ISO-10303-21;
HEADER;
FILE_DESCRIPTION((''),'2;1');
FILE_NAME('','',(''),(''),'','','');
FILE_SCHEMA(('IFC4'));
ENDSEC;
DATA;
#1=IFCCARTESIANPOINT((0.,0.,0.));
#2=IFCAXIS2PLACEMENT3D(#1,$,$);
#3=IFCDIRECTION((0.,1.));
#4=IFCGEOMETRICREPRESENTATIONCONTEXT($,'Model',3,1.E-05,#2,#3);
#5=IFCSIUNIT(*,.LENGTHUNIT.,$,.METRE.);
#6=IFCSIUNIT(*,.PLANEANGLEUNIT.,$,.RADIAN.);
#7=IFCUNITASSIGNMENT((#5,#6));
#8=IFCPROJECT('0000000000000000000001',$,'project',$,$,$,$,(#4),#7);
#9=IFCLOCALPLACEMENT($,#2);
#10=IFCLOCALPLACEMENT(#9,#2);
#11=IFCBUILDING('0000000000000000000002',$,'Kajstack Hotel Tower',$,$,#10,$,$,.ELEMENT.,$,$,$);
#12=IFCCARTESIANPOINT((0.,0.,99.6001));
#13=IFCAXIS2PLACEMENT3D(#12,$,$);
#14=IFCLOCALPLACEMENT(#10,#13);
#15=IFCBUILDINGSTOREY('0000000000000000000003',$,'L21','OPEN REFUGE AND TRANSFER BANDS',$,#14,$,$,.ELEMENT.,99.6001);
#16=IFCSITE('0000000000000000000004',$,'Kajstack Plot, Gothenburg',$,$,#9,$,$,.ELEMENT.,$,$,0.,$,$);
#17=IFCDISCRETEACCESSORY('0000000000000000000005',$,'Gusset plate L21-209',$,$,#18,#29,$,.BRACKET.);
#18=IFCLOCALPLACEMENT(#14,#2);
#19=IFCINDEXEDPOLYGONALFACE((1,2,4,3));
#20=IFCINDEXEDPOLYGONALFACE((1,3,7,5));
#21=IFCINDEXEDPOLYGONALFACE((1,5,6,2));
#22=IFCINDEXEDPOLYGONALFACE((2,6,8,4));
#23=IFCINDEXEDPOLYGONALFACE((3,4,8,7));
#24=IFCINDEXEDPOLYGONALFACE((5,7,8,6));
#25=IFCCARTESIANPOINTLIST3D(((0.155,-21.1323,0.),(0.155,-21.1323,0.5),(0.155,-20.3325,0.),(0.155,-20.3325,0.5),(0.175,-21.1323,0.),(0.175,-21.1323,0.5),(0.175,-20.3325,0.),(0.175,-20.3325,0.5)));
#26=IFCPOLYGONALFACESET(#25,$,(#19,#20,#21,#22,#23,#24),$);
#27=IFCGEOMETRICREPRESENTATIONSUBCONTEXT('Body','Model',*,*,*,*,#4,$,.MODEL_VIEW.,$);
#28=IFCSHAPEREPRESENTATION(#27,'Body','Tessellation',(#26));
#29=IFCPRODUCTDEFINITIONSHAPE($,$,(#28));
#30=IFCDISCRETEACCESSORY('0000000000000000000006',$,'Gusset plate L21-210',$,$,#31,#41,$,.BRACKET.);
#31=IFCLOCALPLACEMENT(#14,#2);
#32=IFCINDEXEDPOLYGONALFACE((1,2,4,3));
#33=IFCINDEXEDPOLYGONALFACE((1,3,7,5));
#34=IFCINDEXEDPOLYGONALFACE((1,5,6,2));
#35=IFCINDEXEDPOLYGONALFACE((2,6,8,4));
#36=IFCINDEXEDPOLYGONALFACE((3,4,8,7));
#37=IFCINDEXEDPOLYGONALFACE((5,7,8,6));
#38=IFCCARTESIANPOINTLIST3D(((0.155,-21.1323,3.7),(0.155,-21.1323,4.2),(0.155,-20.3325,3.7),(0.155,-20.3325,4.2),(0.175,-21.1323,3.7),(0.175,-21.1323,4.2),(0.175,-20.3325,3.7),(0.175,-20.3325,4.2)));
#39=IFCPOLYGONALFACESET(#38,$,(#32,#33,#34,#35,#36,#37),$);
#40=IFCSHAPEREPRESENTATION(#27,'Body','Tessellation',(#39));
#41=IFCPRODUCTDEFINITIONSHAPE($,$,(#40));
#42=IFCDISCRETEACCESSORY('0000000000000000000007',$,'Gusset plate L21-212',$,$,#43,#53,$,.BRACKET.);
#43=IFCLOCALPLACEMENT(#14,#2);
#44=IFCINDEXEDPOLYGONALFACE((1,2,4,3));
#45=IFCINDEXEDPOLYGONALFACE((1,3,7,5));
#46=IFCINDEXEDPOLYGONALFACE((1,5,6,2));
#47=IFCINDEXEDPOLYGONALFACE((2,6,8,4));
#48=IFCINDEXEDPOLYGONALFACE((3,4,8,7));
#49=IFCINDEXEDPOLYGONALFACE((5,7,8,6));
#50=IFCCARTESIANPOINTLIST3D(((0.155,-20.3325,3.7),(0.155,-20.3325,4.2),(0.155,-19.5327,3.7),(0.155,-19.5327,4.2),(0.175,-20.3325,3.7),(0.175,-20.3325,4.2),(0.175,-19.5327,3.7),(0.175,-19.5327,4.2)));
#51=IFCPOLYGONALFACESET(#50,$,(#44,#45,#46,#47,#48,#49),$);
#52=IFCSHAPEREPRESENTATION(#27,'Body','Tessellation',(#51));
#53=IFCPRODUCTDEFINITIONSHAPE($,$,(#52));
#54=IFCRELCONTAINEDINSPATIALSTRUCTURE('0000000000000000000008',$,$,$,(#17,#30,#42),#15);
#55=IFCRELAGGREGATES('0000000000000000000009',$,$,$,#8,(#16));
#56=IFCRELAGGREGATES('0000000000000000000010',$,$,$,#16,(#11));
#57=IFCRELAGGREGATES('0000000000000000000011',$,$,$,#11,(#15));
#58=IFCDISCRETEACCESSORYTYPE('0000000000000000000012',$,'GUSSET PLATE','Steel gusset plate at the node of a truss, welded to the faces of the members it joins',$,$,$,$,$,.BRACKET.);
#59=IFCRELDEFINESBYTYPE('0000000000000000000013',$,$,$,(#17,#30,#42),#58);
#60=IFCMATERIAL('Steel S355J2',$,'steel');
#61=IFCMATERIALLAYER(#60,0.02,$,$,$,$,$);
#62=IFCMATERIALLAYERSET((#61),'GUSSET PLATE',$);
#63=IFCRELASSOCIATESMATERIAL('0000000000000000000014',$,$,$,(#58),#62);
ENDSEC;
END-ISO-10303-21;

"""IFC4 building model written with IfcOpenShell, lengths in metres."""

from ifc_helpers import new_model, si_unit, direction, frame, origin, place, context, subcontext, project, spatial, polyline, outline, extrude, material, layer, layer_set, type_object, element, save


model = new_model("IFC4")

# Units and contexts
model_context = context("Model", 3, precision=1e-05, world=origin(), true_north=direction((0.0, 1.0)))
body_context = subcontext(model_context, "Body", "Model", "MODEL_VIEW")
ifc_project = project(units=[si_unit("LENGTHUNIT", "METRE"), si_unit("PLANEANGLEUNIT", "RADIAN")], contexts=[model_context])

# Site, building, storey
site_placement = place(None, origin())
site = spatial("IfcSite", under=ifc_project, at=site_placement, Name="Kajstack Plot, Gothenburg", CompositionType="ELEMENT", RefElevation=0.0)
building_placement = place(site_placement, origin())
building = spatial("IfcBuilding", under=site, at=building_placement, Name="Kajstack Hotel Tower", CompositionType="ELEMENT")
storey_placement = place(building_placement, frame((0.0, 0.0, 99.6001)))
storey = spatial("IfcBuildingStorey", under=building, at=storey_placement, Name="L21", Description="OPEN REFUGE AND TRANSFER BANDS", CompositionType="ELEMENT", Elevation=99.6001)

# Shared definitions
ifc_material_1 = material(Name="Steel S355J2", Category="steel")

# Discrete accessories
ifc_layer_1 = layer(ifc_material_1, 0.02)
ifc_layer_set_1 = layer_set([ifc_layer_1], Name="GUSSET PLATE")
discrete_accessory_type = type_object("IfcDiscreteAccessoryType", Name="GUSSET PLATE", Description="Steel gusset plate at the node of a truss, welded to the faces of the members it joins", PredefinedType="BRACKET", material=ifc_layer_set_1)
for number, where, z_axis, x_axis, name in (
    (1, (0.155, -20.7324, 0.0), (1.0, 0.0, 0.0), (0.0, 1.0, 0.0), "Gusset plate L21-209"),
    (2, (0.155, -20.7324, 3.7), (1.0, 0.0, 0.0), (0.0, 1.0, 0.0), "Gusset plate L21-210"),
    (3, (0.155, -19.9326, 3.7), (1.0, 0.0, 0.0), (0.0, 1.0, 0.0), "Gusset plate L21-212"),
):
    element("IfcDiscreteAccessory", number, at=place(storey_placement, frame(where, z_axis=z_axis, x_axis=x_axis)), inside=storey, type_object=discrete_accessory_type, Name=name, PredefinedType="BRACKET", context=body_context, shape_type="SweptSolid", body=[
        extrude(outline(polyline([(-0.3999, 0.0), (0.3999, 0.0), (0.3999, 0.5), (-0.3999, 0.5), (-0.3999, 0.0)])), origin(), (0.0, 0.0, 1.0), 0.02),
    ])

save(model, "model.ifc")
